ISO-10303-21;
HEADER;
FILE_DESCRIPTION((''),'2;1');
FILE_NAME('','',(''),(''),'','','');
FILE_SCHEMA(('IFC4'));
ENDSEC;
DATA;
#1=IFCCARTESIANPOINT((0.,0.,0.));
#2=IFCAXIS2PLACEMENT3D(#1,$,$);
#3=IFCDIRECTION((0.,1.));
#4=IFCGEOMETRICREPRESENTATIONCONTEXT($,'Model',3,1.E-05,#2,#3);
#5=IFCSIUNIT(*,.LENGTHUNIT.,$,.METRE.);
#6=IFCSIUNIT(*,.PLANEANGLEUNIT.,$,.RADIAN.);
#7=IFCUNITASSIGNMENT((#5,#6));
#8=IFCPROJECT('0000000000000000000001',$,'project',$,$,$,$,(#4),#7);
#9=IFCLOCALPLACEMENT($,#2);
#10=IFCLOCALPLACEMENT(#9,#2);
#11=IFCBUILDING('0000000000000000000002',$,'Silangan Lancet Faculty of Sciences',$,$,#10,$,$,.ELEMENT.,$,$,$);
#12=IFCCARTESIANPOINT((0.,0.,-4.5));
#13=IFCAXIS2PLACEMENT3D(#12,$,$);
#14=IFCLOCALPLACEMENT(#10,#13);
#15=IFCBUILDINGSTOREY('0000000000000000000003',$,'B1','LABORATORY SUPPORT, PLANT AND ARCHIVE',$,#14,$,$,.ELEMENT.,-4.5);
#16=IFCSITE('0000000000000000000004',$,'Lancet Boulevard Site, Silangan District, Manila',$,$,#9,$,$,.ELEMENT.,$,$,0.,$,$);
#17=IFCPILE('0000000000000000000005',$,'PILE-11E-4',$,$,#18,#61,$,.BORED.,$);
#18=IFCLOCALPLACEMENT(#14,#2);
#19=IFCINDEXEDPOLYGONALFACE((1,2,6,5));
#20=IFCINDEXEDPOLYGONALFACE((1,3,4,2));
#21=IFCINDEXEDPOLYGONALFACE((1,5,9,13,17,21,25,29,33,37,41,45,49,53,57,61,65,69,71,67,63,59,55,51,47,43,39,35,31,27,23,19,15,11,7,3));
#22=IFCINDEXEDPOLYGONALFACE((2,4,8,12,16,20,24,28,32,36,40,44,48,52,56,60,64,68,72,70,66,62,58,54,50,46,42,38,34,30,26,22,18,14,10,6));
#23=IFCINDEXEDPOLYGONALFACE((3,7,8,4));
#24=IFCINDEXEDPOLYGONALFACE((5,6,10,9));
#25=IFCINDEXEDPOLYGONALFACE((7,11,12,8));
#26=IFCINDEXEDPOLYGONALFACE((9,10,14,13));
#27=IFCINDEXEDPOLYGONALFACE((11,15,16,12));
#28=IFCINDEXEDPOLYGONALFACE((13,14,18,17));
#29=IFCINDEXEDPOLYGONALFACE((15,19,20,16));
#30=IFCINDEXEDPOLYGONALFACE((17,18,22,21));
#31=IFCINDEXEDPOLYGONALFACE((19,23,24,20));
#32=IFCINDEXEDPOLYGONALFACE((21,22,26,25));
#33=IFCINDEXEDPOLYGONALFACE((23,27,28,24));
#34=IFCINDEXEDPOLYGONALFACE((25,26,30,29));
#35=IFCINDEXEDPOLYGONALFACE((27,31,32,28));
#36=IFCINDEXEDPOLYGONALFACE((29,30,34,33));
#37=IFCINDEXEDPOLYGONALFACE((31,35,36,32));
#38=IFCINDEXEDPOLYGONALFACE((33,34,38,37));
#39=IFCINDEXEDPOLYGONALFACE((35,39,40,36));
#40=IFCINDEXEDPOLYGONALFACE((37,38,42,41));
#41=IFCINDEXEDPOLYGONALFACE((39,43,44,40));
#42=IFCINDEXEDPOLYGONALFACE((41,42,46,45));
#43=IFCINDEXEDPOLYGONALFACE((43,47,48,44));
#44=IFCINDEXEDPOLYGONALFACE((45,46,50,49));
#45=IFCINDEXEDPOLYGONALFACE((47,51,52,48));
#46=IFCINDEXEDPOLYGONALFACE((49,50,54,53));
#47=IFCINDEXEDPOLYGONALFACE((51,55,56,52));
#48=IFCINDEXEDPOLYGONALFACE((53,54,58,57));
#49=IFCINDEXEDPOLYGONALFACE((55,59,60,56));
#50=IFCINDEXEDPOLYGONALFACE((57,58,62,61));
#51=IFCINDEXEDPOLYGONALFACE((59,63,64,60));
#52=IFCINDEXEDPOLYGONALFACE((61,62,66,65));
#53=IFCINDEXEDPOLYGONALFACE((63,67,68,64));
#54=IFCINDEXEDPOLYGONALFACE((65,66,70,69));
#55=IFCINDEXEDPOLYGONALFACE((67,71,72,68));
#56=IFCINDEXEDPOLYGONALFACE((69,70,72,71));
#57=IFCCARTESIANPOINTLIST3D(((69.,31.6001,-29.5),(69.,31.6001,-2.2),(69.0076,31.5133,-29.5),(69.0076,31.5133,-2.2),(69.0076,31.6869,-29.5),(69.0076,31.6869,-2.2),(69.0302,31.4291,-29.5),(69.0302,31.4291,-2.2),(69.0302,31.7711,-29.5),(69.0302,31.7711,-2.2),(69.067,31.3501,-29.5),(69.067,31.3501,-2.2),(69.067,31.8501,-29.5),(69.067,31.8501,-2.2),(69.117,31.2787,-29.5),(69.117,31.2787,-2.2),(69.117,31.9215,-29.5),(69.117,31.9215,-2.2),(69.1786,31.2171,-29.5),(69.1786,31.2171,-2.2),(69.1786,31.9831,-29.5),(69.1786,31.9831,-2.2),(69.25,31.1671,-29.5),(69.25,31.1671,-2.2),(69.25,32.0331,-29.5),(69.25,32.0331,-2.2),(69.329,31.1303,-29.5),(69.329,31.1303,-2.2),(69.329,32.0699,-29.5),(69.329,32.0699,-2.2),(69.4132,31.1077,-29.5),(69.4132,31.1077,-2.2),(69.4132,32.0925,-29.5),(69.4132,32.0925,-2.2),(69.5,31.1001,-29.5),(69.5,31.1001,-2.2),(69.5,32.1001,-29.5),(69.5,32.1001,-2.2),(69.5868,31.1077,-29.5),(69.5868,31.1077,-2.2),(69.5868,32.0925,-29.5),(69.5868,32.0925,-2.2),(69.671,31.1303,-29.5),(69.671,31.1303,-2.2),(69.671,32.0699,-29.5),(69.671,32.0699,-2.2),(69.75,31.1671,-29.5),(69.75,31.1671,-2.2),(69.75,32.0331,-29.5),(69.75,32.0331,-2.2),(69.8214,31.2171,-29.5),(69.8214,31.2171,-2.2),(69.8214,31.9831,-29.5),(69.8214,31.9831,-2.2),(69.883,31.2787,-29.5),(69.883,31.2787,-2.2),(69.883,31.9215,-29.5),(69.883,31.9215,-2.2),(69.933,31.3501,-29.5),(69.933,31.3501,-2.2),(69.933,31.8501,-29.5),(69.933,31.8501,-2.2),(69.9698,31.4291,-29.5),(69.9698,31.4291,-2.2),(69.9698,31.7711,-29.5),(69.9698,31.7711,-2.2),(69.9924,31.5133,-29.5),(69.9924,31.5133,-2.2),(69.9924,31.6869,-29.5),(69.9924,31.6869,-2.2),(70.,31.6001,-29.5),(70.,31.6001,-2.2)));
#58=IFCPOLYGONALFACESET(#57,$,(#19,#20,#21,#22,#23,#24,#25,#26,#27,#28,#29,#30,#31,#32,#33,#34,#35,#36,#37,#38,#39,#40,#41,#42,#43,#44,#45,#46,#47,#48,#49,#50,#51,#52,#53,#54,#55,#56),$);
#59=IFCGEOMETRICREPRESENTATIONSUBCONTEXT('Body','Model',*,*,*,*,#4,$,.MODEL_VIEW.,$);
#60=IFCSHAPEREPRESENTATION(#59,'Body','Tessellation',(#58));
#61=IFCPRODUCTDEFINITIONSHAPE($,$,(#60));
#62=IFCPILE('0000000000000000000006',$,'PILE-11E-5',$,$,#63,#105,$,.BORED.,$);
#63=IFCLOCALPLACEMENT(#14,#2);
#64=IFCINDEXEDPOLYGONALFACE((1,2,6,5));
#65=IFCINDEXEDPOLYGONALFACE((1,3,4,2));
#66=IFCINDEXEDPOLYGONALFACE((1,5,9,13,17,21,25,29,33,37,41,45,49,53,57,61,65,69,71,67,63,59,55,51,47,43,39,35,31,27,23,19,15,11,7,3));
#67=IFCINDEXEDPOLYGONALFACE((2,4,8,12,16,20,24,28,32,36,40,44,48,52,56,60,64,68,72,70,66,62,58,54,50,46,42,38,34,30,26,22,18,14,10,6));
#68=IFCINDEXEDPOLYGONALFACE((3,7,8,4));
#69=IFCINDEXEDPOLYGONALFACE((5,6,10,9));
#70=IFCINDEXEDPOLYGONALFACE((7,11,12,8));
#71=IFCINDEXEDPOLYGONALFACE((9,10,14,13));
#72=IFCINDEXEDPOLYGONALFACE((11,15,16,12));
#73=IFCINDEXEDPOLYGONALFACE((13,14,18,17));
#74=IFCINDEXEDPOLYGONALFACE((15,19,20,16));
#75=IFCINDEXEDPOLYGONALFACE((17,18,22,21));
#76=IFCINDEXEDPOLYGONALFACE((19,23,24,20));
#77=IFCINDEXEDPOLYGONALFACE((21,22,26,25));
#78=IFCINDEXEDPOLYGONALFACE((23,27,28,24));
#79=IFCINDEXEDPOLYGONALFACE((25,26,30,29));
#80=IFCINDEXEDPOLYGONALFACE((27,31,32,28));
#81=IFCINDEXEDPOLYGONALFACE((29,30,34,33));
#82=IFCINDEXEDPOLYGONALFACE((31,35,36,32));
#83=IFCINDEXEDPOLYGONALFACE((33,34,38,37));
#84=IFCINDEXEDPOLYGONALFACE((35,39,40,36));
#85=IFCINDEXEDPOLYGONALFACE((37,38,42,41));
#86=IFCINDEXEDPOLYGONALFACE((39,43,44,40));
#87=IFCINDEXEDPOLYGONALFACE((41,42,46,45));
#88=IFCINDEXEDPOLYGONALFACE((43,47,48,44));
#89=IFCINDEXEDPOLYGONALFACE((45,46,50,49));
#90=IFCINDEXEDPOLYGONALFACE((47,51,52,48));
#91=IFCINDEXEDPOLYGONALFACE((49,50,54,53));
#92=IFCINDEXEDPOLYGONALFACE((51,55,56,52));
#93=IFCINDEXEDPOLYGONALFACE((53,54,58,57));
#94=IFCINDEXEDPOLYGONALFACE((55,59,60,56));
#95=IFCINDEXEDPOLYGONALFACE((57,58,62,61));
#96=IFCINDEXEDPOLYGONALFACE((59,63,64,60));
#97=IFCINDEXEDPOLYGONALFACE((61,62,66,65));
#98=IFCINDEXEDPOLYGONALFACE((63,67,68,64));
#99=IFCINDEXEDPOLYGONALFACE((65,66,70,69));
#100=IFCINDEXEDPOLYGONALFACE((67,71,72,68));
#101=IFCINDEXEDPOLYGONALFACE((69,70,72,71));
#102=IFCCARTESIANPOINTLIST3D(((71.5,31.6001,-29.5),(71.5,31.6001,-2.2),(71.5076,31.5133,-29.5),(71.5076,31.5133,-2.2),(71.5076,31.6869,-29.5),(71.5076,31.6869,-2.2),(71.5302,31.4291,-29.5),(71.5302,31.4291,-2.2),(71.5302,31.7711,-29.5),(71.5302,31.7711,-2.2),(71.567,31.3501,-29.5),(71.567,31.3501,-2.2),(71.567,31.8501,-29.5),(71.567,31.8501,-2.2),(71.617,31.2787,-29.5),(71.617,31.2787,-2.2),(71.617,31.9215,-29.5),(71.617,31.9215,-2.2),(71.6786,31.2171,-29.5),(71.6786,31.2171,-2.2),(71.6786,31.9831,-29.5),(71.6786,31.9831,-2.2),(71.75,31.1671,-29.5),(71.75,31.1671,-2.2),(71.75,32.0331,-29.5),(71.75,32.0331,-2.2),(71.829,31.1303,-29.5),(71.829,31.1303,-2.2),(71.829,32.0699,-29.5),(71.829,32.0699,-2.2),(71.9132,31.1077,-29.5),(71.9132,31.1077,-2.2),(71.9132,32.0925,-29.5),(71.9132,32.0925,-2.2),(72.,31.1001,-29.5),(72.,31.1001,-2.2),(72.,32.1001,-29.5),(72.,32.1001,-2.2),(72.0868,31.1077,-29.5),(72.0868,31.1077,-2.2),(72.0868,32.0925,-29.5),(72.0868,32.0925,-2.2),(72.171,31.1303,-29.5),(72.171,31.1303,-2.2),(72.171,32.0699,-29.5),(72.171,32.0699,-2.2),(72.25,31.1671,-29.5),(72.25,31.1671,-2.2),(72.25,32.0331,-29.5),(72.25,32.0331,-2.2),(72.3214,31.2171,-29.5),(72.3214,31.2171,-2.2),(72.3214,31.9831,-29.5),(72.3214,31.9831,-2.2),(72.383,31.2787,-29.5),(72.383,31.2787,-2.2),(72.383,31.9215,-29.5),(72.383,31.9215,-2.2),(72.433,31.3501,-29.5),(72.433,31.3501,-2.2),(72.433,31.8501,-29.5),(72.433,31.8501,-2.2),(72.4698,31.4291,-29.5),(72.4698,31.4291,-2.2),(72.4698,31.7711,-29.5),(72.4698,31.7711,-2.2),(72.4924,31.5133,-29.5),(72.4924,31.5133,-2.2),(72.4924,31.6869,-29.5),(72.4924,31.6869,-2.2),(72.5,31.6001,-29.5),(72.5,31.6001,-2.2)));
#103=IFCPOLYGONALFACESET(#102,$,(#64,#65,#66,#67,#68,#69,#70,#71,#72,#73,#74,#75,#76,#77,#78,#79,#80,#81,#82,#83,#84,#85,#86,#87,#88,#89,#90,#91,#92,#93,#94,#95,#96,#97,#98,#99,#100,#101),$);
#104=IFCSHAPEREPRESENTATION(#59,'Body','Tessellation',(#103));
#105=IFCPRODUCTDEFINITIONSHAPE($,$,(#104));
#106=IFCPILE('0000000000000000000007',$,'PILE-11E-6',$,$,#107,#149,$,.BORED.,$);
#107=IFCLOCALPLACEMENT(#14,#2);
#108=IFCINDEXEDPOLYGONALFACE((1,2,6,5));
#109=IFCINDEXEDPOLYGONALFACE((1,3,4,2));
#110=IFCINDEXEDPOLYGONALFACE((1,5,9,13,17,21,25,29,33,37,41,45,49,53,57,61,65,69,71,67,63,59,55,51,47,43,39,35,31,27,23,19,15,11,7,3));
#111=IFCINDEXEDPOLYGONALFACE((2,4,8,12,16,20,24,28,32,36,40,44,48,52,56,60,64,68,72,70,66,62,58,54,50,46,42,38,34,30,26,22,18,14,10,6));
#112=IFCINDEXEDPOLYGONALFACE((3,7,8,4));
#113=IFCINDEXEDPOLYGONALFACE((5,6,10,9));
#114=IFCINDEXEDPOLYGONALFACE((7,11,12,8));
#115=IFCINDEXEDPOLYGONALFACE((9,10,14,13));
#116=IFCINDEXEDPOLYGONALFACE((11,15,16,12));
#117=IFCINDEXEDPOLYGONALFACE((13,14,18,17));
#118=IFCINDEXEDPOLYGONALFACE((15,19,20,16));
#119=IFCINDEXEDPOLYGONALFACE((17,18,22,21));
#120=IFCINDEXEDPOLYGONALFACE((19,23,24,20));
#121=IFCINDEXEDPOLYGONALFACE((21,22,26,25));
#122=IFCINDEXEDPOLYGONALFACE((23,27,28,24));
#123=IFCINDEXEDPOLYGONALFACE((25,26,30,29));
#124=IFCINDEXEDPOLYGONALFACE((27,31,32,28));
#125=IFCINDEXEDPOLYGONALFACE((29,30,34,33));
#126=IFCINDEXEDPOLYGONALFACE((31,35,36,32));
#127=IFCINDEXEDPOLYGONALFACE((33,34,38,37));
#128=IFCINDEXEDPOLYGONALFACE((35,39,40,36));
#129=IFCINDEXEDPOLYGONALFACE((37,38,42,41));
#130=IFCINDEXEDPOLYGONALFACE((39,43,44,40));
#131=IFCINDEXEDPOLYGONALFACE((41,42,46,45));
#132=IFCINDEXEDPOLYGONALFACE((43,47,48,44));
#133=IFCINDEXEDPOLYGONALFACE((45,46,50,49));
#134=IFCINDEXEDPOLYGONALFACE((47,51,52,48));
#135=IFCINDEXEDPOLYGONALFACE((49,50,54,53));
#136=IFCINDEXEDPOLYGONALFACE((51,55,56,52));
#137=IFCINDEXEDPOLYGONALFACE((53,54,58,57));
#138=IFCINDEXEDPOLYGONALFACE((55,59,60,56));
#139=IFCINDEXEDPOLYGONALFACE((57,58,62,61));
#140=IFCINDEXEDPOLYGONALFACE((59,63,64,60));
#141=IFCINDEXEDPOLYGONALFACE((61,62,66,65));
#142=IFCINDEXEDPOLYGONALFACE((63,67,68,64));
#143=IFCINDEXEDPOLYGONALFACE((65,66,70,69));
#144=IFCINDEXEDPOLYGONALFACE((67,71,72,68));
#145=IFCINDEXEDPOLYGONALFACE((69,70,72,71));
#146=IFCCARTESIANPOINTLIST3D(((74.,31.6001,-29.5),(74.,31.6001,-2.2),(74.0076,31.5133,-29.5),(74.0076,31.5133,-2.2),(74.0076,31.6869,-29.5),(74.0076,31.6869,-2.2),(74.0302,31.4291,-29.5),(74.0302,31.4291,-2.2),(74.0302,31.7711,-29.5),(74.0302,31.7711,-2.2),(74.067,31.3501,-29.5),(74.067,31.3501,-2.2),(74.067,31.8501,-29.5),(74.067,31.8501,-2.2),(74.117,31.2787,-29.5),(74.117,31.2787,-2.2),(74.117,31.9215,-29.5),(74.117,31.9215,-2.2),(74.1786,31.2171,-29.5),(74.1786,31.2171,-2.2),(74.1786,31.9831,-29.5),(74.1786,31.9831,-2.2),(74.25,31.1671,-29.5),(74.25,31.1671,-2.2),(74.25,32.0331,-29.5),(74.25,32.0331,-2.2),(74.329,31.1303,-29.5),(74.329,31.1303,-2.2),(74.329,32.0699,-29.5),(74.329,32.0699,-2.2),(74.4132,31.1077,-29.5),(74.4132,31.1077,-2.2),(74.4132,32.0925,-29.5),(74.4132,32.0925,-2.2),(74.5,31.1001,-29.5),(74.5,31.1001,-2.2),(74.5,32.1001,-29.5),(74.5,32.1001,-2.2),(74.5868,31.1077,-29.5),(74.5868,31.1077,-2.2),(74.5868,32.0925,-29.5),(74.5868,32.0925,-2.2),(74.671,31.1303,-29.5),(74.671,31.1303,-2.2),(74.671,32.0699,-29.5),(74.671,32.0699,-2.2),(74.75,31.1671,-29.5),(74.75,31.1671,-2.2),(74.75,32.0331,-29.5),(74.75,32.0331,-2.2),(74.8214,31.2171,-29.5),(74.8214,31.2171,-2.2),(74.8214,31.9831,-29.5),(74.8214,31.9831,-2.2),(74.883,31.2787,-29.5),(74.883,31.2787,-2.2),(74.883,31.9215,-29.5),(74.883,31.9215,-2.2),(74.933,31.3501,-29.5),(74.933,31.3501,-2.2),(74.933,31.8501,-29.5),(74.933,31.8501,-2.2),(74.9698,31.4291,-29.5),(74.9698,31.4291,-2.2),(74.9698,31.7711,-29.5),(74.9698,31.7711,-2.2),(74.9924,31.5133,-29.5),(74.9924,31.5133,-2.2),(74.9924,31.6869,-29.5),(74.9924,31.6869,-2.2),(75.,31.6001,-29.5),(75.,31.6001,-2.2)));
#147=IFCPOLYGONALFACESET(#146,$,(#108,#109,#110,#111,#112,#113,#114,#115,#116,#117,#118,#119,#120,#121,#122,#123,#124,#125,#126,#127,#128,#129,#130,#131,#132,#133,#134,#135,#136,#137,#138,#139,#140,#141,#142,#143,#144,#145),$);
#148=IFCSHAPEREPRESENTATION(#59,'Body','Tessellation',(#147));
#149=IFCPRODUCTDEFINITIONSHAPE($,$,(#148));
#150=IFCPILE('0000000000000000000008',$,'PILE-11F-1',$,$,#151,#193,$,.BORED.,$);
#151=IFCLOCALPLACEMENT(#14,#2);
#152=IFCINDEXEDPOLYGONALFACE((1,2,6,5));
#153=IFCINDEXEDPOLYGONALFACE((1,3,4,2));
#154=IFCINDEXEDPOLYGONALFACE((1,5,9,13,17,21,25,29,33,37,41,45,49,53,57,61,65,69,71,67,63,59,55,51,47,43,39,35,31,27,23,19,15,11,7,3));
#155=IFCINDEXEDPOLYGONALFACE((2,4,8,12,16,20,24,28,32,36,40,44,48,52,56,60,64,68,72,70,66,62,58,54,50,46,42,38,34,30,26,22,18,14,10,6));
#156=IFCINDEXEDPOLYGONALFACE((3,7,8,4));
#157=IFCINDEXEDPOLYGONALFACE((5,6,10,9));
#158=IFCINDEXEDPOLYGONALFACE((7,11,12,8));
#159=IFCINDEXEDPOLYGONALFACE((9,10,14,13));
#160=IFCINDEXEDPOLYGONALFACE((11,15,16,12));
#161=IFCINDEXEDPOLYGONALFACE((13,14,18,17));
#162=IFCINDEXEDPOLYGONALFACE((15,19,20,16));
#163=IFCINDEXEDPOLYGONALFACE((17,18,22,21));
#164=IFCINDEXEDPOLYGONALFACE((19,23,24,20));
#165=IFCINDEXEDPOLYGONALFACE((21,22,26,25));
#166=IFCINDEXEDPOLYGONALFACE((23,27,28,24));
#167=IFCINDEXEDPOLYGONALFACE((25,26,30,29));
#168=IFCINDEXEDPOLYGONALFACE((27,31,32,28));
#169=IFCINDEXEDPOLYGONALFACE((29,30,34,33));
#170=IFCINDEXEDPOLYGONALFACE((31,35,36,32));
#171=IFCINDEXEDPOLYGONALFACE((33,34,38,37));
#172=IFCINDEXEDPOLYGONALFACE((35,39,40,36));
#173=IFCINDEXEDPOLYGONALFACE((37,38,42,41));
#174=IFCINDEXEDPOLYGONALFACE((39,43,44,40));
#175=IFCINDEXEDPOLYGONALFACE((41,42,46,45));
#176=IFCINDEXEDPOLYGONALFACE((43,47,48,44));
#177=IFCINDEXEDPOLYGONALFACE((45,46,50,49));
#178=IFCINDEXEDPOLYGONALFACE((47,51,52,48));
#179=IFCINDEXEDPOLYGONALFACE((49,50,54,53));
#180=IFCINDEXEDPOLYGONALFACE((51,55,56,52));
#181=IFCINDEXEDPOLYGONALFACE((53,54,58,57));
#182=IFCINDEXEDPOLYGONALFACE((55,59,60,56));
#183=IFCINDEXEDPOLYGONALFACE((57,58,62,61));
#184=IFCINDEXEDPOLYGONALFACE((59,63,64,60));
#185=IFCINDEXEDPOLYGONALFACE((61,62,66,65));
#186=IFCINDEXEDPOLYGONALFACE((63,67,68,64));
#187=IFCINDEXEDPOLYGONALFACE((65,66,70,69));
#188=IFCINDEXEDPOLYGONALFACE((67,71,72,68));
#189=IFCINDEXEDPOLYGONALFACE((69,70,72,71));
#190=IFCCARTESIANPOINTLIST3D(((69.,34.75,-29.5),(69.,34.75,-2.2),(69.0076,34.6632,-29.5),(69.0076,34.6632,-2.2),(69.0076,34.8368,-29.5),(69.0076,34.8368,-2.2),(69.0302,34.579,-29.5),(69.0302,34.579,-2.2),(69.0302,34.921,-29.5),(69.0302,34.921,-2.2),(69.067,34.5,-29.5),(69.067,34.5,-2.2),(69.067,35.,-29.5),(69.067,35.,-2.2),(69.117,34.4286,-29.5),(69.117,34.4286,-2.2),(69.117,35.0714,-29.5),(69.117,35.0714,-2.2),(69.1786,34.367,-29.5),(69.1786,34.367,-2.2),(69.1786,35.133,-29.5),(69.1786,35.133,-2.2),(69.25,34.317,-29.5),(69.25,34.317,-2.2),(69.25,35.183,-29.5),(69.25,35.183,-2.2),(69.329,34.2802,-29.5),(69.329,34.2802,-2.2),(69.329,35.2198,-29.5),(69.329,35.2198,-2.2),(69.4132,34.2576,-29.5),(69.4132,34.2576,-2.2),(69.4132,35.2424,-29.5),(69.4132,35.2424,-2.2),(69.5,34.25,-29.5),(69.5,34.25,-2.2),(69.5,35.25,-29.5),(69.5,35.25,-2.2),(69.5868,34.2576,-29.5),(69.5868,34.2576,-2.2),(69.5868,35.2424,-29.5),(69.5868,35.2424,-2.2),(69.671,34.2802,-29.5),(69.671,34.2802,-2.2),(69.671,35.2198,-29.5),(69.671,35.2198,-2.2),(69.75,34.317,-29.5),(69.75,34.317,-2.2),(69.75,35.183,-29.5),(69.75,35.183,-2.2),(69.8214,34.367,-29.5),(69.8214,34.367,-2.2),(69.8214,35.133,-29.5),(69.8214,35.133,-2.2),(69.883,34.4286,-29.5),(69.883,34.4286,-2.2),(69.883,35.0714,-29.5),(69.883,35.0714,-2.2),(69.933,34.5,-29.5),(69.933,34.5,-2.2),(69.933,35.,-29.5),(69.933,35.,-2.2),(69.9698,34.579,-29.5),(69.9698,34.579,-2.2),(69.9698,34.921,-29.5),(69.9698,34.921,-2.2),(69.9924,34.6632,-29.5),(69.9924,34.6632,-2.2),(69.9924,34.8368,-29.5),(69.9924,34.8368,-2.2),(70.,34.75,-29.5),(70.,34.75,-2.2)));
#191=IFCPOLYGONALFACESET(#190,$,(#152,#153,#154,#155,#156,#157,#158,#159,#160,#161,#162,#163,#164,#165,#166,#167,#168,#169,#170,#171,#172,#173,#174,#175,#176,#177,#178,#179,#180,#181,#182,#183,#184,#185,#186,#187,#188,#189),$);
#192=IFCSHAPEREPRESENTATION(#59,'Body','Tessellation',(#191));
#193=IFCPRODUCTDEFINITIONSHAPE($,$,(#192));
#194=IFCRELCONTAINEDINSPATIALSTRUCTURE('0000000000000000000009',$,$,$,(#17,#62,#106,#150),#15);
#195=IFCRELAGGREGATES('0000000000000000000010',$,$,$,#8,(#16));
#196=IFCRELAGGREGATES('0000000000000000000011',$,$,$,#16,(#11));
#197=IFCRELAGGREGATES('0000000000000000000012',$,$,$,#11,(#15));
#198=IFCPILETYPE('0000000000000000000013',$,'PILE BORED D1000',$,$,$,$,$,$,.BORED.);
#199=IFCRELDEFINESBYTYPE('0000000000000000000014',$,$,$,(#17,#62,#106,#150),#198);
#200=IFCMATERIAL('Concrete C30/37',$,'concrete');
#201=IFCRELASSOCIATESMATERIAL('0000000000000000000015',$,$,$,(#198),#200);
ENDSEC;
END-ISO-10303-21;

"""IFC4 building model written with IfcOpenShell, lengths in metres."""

from ifc_helpers import new_model, si_unit, direction, frame, origin, origin_2d, place, context, subcontext, project, spatial, circle, extrude, material, material_profile, profile_set, type_object, element, save


model = new_model("IFC4")

# Units and contexts
model_context = context("Model", 3, precision=1e-05, world=origin(), true_north=direction((0.0, 1.0)))
body_context = subcontext(model_context, "Body", "Model", "MODEL_VIEW")
ifc_project = project(units=[si_unit("LENGTHUNIT", "METRE"), si_unit("PLANEANGLEUNIT", "RADIAN")], contexts=[model_context])

# Site, building, storey
site_placement = place(None, origin())
site = spatial("IfcSite", under=ifc_project, at=site_placement, Name="Lancet Boulevard Site, Silangan District, Manila", CompositionType="ELEMENT", RefElevation=0.0)
building_placement = place(site_placement, origin())
building = spatial("IfcBuilding", under=site, at=building_placement, Name="Silangan Lancet Faculty of Sciences", CompositionType="ELEMENT")
storey_placement = place(building_placement, frame((0.0, 0.0, -4.5)))
storey = spatial("IfcBuildingStorey", under=building, at=storey_placement, Name="B1", Description="LABORATORY SUPPORT, PLANT AND ARCHIVE", CompositionType="ELEMENT", Elevation=-4.5)

# Piles
ifc_material_1 = material(Name="Concrete C30/37", Category="concrete")
ifc_material_profile_1 = material_profile(ifc_material_1, circle(Radius=0.5, at=origin_2d()), Name="BORED PILE D1000")
ifc_profile_set_1 = profile_set([ifc_material_profile_1], Name="Concrete C30/37")
pile_type = type_object("IfcPileType", Name="PILE BORED D1000", PredefinedType="BORED", material=ifc_profile_set_1)
for number, where, z_axis, x_axis, name in (
    (1, (69.5, 31.6001, -2.2), (0.0, 0.0, -1.0), (1.0, 0.0, 0.0), "PILE-11E-4"),
    (2, (72.0, 31.6001, -2.2), (0.0, 0.0, -1.0), (1.0, 0.0, 0.0), "PILE-11E-5"),
    (3, (74.5, 31.6001, -2.2), (0.0, 0.0, -1.0), (1.0, 0.0, 0.0), "PILE-11E-6"),
    (4, (69.5, 34.75, -2.2), (0.0, 0.0, -1.0), (1.0, 0.0, 0.0), "PILE-11F-1"),
):
    element("IfcPile", number, at=place(storey_placement, frame(where, z_axis=z_axis, x_axis=x_axis)), inside=storey, type_object=pile_type, Name=name, PredefinedType="BORED", context=body_context, shape_type="SweptSolid", body=[
        extrude(circle(Radius=0.5, at=origin_2d()), origin(), (0.0, 0.0, 1.0), 27.3),
    ])

save(model, "model.ifc")
